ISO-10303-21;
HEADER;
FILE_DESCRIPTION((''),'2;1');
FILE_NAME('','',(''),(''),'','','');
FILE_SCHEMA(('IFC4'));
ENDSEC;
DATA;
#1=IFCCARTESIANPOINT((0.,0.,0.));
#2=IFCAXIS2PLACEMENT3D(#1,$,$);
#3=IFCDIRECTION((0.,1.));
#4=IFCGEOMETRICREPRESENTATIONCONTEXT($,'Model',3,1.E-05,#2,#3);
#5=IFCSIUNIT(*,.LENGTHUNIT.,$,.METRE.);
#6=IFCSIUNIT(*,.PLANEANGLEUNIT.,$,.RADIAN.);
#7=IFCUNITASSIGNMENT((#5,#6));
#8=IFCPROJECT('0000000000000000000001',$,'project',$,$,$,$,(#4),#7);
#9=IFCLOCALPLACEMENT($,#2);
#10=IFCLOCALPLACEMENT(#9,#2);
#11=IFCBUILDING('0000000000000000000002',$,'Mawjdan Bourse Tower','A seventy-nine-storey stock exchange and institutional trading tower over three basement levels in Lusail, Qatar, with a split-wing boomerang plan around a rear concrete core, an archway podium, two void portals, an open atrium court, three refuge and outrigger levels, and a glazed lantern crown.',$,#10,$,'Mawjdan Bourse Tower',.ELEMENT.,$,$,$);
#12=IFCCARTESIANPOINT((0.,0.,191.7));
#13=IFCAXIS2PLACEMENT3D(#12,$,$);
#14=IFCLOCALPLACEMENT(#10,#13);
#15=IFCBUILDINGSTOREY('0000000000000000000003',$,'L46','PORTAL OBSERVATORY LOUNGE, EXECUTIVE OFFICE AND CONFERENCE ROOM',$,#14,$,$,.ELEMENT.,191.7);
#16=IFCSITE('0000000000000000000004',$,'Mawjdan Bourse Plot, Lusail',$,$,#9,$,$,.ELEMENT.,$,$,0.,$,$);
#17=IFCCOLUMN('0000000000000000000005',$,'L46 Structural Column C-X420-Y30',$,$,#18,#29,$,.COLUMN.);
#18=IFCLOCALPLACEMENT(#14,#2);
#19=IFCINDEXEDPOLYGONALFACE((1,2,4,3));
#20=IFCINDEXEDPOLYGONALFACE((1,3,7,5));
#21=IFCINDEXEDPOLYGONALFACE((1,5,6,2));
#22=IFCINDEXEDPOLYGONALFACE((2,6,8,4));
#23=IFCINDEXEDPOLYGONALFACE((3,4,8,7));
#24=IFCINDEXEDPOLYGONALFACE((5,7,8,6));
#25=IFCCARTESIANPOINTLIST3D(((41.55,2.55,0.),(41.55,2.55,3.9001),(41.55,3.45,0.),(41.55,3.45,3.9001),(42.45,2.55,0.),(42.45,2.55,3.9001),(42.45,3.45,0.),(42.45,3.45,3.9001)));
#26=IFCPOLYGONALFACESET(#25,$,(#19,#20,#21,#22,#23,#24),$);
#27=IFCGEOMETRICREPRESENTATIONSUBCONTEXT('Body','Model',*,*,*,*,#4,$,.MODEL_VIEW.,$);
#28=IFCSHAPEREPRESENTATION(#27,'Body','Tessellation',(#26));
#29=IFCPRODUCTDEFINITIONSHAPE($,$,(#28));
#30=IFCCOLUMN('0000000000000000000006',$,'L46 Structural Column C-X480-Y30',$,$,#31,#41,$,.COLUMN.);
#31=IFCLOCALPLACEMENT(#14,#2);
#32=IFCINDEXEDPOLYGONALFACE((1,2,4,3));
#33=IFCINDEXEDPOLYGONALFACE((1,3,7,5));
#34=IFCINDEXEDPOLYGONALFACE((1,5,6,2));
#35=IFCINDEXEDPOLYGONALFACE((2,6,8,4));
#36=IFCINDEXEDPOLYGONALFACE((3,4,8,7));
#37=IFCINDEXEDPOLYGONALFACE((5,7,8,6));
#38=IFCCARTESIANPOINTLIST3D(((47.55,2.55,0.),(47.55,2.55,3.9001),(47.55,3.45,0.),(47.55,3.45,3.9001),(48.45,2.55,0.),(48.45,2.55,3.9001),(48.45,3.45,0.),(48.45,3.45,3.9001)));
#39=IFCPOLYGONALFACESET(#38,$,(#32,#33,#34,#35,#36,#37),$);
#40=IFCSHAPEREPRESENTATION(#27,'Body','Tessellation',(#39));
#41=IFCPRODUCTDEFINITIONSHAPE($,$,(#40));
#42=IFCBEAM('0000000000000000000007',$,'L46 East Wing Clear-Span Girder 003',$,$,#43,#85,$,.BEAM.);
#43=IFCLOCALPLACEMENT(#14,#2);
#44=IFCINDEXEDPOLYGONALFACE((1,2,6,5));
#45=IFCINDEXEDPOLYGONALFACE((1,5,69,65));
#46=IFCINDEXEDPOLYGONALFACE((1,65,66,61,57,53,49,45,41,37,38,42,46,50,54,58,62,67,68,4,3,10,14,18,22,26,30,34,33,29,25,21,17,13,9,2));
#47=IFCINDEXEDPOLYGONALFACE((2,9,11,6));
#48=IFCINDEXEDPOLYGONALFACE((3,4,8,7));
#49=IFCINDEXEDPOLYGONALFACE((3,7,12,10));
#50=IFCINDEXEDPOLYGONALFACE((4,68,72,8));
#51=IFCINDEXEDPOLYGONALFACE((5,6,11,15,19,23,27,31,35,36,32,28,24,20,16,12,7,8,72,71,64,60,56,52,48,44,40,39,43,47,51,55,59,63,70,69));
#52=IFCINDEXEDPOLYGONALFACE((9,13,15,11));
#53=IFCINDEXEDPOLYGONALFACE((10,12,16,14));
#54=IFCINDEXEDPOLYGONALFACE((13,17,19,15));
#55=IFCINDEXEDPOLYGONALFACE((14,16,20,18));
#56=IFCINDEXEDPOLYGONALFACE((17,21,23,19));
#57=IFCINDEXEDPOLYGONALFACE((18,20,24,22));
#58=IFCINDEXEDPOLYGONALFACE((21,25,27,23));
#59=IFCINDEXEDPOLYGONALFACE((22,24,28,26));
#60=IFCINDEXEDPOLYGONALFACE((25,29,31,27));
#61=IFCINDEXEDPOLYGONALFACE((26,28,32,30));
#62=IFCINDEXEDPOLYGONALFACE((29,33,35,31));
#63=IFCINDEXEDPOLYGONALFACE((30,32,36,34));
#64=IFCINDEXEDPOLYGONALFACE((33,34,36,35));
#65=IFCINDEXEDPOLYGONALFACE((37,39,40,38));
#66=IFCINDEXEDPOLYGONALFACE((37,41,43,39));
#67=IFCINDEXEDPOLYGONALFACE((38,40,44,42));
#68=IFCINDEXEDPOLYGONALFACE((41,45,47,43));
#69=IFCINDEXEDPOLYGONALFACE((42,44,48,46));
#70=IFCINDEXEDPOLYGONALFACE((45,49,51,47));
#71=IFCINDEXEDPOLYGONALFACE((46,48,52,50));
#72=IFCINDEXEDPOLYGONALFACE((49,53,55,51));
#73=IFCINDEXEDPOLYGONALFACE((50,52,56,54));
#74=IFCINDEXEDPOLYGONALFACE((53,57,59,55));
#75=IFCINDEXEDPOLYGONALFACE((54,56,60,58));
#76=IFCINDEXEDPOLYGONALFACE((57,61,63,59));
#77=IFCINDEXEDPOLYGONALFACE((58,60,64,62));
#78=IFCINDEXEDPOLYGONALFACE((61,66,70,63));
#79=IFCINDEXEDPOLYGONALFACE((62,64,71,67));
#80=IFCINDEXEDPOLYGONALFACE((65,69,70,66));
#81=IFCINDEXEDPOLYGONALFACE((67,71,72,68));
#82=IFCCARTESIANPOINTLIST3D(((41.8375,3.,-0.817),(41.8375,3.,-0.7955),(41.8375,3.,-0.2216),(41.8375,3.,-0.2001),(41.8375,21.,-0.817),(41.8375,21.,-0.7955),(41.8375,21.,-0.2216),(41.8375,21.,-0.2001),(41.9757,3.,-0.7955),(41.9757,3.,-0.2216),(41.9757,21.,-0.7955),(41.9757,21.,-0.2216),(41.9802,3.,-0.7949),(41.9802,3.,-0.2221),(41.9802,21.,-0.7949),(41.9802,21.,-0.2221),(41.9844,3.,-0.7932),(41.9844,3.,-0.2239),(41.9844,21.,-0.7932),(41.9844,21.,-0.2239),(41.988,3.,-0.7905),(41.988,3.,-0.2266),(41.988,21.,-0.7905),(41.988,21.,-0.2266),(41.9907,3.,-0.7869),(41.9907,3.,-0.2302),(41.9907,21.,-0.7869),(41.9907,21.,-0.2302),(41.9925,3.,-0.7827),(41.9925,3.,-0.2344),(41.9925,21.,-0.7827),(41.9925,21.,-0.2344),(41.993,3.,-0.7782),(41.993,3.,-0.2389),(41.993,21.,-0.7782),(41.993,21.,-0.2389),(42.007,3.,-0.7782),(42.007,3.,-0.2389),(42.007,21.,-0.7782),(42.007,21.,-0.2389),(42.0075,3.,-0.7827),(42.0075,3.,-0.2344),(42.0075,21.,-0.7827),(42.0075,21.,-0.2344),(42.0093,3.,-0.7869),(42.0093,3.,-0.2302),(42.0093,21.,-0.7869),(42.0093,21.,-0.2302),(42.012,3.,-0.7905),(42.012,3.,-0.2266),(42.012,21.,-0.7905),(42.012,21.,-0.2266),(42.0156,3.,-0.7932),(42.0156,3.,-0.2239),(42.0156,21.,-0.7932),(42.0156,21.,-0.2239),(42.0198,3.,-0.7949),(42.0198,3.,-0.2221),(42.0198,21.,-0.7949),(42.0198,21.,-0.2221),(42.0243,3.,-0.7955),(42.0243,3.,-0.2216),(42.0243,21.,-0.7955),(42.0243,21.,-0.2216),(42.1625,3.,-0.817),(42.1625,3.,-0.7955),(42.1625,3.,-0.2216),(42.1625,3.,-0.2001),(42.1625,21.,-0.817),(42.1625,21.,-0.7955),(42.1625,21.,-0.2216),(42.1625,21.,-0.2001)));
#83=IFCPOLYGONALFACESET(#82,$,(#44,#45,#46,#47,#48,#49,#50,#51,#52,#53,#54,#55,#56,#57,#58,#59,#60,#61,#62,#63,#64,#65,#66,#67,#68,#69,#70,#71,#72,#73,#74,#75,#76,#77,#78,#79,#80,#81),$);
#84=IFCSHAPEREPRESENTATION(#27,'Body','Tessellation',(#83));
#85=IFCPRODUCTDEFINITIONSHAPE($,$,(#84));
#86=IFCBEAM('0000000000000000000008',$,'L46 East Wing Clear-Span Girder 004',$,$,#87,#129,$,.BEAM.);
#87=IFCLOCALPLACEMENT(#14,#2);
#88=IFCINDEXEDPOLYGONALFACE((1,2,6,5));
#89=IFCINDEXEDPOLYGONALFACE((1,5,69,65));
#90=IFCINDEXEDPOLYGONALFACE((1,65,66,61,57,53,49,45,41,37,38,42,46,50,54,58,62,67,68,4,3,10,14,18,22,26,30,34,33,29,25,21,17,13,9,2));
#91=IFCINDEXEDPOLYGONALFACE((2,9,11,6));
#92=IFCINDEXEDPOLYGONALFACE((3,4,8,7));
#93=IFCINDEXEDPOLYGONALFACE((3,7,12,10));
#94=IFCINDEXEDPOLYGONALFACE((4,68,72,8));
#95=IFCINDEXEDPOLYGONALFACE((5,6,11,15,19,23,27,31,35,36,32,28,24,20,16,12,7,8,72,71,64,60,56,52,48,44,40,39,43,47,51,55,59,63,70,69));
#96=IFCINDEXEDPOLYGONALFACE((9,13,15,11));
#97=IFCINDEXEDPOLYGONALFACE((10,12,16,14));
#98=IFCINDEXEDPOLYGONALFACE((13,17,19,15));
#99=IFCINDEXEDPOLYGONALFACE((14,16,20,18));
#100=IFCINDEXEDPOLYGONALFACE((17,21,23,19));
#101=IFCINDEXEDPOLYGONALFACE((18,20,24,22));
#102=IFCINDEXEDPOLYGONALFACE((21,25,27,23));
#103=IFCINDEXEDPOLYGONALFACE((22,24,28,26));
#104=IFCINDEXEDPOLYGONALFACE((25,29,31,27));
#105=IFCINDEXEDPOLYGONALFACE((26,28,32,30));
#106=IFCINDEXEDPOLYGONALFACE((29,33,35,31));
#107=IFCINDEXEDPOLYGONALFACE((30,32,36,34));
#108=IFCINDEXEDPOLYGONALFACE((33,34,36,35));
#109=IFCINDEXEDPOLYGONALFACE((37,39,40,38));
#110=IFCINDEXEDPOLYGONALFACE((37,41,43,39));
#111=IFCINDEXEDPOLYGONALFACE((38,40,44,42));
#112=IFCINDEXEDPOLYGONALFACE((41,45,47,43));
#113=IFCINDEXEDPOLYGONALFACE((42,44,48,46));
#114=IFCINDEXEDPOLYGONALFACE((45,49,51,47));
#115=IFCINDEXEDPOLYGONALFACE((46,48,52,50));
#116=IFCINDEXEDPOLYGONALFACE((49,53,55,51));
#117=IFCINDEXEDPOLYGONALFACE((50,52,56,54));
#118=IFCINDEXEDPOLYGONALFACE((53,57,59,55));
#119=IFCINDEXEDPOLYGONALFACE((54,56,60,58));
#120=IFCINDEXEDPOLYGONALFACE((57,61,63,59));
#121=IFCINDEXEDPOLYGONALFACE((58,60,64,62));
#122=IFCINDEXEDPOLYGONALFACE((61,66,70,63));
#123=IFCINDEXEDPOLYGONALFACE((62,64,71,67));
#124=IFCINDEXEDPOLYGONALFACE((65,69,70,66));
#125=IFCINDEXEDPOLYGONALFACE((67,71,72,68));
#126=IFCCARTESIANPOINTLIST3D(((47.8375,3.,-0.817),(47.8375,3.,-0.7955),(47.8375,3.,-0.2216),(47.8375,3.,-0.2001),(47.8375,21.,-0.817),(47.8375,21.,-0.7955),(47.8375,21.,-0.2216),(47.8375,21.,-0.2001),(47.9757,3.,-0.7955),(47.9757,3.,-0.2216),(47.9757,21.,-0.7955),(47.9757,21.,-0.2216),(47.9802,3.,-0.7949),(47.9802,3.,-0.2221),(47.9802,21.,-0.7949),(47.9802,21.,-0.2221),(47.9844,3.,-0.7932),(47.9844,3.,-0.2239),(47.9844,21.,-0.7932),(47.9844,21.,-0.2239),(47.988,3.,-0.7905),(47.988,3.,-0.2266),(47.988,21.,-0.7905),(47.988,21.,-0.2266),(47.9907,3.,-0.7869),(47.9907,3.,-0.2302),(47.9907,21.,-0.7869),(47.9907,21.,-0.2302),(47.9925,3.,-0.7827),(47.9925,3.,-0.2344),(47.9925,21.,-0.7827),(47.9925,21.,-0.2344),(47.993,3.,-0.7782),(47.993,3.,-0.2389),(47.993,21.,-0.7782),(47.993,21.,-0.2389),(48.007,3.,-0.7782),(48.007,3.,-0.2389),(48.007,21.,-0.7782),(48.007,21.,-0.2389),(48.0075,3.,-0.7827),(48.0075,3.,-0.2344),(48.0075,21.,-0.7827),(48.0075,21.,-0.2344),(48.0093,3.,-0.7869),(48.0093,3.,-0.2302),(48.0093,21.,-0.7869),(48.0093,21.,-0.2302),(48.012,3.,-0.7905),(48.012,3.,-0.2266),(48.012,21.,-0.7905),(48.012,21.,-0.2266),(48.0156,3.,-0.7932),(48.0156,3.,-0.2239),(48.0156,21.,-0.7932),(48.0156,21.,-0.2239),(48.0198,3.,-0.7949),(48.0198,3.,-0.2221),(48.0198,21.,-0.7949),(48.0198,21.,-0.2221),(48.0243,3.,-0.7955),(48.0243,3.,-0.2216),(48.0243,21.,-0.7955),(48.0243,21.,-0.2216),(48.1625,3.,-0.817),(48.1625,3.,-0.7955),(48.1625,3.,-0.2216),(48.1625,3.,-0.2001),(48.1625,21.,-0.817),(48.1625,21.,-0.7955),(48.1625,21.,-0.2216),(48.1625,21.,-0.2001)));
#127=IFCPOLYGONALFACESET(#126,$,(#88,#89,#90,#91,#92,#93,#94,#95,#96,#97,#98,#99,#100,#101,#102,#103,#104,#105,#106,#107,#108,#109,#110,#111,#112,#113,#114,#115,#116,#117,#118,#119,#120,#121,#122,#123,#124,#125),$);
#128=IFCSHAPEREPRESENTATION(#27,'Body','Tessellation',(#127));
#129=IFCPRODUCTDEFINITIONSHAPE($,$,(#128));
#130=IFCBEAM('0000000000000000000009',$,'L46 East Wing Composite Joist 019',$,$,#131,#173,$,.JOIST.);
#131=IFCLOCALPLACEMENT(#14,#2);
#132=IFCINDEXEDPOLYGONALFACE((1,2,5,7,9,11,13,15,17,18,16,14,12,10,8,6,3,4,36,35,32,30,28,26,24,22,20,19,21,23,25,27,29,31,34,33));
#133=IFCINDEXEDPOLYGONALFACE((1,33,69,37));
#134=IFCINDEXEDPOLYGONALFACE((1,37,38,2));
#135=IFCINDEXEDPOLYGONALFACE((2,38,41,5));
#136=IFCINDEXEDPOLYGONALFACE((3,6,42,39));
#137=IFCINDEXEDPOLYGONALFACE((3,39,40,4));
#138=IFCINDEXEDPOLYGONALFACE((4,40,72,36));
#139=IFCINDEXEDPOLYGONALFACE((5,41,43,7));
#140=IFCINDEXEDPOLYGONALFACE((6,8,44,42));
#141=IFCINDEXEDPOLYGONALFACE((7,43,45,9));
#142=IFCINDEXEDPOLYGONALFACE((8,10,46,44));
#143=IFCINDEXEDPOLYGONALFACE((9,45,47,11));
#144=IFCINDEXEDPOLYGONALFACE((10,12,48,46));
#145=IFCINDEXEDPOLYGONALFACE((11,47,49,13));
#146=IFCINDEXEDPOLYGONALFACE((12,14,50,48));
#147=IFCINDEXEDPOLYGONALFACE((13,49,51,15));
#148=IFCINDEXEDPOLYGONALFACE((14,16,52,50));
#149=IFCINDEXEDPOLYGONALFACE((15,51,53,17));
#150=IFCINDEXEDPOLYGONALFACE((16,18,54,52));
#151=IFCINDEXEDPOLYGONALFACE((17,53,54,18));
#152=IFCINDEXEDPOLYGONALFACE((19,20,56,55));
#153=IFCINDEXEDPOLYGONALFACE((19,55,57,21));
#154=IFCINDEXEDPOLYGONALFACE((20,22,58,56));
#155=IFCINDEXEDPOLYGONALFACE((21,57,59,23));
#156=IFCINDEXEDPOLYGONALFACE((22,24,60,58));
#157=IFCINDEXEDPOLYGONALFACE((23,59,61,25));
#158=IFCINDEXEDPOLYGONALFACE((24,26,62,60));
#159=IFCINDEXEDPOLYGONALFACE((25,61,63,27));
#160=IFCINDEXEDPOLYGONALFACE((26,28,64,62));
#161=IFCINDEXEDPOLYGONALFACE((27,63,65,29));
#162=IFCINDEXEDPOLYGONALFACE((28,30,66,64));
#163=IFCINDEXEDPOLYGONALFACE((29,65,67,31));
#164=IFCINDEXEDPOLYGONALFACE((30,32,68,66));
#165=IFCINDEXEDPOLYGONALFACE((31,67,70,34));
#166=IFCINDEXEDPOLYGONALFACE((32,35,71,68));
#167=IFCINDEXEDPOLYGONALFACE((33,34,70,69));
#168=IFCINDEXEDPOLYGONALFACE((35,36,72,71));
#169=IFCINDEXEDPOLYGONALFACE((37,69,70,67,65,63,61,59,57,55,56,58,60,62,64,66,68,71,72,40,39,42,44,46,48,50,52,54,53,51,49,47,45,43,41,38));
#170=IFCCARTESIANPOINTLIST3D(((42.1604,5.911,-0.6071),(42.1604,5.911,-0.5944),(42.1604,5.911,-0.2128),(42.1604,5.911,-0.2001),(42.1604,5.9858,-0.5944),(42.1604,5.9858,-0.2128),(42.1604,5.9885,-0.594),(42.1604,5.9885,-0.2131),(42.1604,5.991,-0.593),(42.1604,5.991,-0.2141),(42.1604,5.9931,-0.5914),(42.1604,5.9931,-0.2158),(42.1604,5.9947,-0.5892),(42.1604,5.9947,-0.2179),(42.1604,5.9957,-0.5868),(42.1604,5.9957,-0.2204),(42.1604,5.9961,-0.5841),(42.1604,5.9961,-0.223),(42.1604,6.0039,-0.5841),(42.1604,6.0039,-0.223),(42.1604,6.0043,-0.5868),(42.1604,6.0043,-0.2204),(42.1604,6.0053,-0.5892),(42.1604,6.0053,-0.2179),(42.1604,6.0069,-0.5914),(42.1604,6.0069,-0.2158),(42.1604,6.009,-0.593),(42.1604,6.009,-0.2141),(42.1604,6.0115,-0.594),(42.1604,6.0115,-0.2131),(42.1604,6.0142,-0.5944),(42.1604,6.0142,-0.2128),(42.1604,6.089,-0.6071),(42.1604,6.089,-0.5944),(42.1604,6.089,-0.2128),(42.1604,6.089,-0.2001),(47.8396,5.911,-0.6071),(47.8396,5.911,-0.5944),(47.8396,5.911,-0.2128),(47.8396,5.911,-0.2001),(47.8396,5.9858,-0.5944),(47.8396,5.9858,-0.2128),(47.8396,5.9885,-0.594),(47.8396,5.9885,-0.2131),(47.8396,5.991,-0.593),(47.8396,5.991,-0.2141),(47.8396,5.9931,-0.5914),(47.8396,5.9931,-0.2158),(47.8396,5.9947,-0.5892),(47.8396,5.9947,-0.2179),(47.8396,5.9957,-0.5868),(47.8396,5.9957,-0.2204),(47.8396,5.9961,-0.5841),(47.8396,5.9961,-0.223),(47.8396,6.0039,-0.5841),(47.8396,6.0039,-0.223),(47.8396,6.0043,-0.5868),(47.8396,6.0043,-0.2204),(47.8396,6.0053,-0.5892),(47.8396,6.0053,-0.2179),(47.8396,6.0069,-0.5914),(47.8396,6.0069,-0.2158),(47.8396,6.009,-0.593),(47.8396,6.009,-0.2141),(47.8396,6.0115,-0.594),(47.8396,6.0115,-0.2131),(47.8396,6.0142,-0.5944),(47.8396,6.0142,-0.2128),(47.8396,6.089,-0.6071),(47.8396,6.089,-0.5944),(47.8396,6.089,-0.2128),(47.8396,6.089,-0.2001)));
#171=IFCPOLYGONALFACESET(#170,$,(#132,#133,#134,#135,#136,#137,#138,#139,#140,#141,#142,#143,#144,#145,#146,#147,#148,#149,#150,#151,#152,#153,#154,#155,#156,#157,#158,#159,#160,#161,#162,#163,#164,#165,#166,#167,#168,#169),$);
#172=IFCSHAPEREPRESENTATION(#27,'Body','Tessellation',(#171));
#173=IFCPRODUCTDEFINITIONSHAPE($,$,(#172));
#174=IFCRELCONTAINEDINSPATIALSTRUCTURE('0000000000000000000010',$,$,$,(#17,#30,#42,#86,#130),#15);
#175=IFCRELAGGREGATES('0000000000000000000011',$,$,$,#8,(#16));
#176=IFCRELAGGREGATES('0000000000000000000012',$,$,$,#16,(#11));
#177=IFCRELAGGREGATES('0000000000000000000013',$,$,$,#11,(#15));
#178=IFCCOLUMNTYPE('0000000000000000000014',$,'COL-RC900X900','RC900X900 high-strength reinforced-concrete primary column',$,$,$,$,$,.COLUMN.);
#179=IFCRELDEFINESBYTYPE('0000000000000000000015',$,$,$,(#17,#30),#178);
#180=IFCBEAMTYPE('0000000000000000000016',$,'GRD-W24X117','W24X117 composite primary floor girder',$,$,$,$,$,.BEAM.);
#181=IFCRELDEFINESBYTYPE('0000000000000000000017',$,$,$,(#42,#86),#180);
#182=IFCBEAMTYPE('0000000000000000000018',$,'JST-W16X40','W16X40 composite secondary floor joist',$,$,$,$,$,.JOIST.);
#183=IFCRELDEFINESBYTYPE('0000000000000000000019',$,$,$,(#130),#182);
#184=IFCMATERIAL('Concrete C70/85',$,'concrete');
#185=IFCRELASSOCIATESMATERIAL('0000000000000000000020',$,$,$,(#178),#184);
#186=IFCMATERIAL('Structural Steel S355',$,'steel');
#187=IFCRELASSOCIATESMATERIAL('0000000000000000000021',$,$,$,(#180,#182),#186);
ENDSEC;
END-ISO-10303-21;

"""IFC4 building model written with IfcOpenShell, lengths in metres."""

from ifc_helpers import new_model, si_unit, direction, frame, origin, origin_2d, place, context, subcontext, project, spatial, rectangle, i_section, extrude, material, material_profile, profile_set, type_object, element, save


model = new_model("IFC4")

# Units and contexts
model_context = context("Model", 3, precision=1e-05, world=origin(), true_north=direction((0.0, 1.0)))
body_context = subcontext(model_context, "Body", "Model", "MODEL_VIEW")
ifc_project = project(units=[si_unit("LENGTHUNIT", "METRE"), si_unit("PLANEANGLEUNIT", "RADIAN")], contexts=[model_context])

# Site, building, storey
site_placement = place(None, origin())
site = spatial("IfcSite", under=ifc_project, at=site_placement, Name="Mawjdan Bourse Plot, Lusail", CompositionType="ELEMENT", RefElevation=0.0)
building_placement = place(site_placement, origin())
building = spatial("IfcBuilding", under=site, at=building_placement, Name="Mawjdan Bourse Tower", Description="A seventy-nine-storey stock exchange and institutional trading tower over three basement levels in Lusail, Qatar, with a split-wing boomerang plan around a rear concrete core, an archway podium, two void portals, an open atrium court, three refuge and outrigger levels, and a glazed lantern crown.", LongName="Mawjdan Bourse Tower", CompositionType="ELEMENT")
storey_placement = place(building_placement, frame((0.0, 0.0, 191.7)))
storey = spatial("IfcBuildingStorey", under=building, at=storey_placement, Name="L46", Description="PORTAL OBSERVATORY LOUNGE, EXECUTIVE OFFICE AND CONFERENCE ROOM", CompositionType="ELEMENT", Elevation=191.7)

# Columns
ifc_material_1 = material(Name="Concrete C70/85", Category="concrete")
ifc_material_profile_1 = material_profile(ifc_material_1, rectangle(XDim=0.8999, YDim=0.8999, at=origin_2d()), Name="RC900X900")
ifc_profile_set_1 = profile_set([ifc_material_profile_1], Name="Concrete C70/85")
column_type = type_object("IfcColumnType", Name="COL-RC900X900", Description="RC900X900 high-strength reinforced-concrete primary column", PredefinedType="COLUMN", material=ifc_profile_set_1)
for number, where, z_axis, x_axis, name in (
    (1, (42.0, 3.0, 0.0), (0.0, 0.0, 1.0), (1.0, 0.0, 0.0), "L46 Structural Column C-X420-Y30"),
    (2, (48.0, 3.0, 0.0), (0.0, 0.0, 1.0), (1.0, 0.0, 0.0), "L46 Structural Column C-X480-Y30"),
):
    element("IfcColumn", number, at=place(storey_placement, frame(where, z_axis=z_axis, x_axis=x_axis)), inside=storey, type_object=column_type, Name=name, PredefinedType="COLUMN", context=body_context, shape_type="SweptSolid", body=[
        extrude(rectangle(XDim=0.8999, YDim=0.8999, at=origin_2d()), origin(), (0.0, 0.0, 1.0), 3.9001),
    ])

# Beams
ifc_material_2 = material(Name="Structural Steel S355", Category="steel")
ifc_material_profile_2 = material_profile(ifc_material_2, i_section(OverallWidth=0.325, OverallDepth=0.6169, WebThickness=0.0139, FlangeThickness=0.0215, FilletRadius=0.0173, at=origin_2d()), Name="W24X117")
ifc_profile_set_2 = profile_set([ifc_material_profile_2], Name="Structural Steel S355")
beam_type_1 = type_object("IfcBeamType", Name="GRD-W24X117", Description="W24X117 composite primary floor girder", PredefinedType="BEAM", material=ifc_profile_set_2)
for number, where, z_axis, x_axis, name in (
    (3, (42.0, 3.0, -0.5085), (0.0, 1.0, 0.0), (-1.0, 0.0, 0.0), "L46 East Wing Clear-Span Girder 003"),
    (4, (48.0, 3.0, -0.5085), (0.0, 1.0, 0.0), (-1.0, 0.0, 0.0), "L46 East Wing Clear-Span Girder 004"),
):
    element("IfcBeam", number, at=place(storey_placement, frame(where, z_axis=z_axis, x_axis=x_axis)), inside=storey, type_object=beam_type_1, Name=name, PredefinedType="BEAM", context=body_context, shape_type="SweptSolid", body=[
        extrude(i_section(OverallWidth=0.325, OverallDepth=0.6169, WebThickness=0.0139, FlangeThickness=0.0215, FilletRadius=0.0173, at=origin_2d()), origin(), (0.0, 0.0, 1.0), 18.0),
    ])
ifc_material_profile_3 = material_profile(ifc_material_2, i_section(OverallWidth=0.178, OverallDepth=0.407, WebThickness=0.0078, FlangeThickness=0.0127, FilletRadius=0.0103, at=origin_2d()), Name="W16X40")
ifc_profile_set_3 = profile_set([ifc_material_profile_3], Name="Structural Steel S355")
beam_type_2 = type_object("IfcBeamType", Name="JST-W16X40", Description="W16X40 composite secondary floor joist", PredefinedType="JOIST", material=ifc_profile_set_3)
for number, where, z_axis, x_axis, name in (
    (5, (42.1604, 6.0, -0.4036), (1.0, 0.0, 0.0), (0.0, 1.0, 0.0), "L46 East Wing Composite Joist 019"),
):
    element("IfcBeam", number, at=place(storey_placement, frame(where, z_axis=z_axis, x_axis=x_axis)), inside=storey, type_object=beam_type_2, Name=name, PredefinedType="JOIST", context=body_context, shape_type="SweptSolid", body=[
        extrude(i_section(OverallWidth=0.178, OverallDepth=0.407, WebThickness=0.0078, FlangeThickness=0.0127, FilletRadius=0.0103, at=origin_2d()), origin(), (0.0, 0.0, 1.0), 5.6792),
    ])

save(model, "model.ifc")
